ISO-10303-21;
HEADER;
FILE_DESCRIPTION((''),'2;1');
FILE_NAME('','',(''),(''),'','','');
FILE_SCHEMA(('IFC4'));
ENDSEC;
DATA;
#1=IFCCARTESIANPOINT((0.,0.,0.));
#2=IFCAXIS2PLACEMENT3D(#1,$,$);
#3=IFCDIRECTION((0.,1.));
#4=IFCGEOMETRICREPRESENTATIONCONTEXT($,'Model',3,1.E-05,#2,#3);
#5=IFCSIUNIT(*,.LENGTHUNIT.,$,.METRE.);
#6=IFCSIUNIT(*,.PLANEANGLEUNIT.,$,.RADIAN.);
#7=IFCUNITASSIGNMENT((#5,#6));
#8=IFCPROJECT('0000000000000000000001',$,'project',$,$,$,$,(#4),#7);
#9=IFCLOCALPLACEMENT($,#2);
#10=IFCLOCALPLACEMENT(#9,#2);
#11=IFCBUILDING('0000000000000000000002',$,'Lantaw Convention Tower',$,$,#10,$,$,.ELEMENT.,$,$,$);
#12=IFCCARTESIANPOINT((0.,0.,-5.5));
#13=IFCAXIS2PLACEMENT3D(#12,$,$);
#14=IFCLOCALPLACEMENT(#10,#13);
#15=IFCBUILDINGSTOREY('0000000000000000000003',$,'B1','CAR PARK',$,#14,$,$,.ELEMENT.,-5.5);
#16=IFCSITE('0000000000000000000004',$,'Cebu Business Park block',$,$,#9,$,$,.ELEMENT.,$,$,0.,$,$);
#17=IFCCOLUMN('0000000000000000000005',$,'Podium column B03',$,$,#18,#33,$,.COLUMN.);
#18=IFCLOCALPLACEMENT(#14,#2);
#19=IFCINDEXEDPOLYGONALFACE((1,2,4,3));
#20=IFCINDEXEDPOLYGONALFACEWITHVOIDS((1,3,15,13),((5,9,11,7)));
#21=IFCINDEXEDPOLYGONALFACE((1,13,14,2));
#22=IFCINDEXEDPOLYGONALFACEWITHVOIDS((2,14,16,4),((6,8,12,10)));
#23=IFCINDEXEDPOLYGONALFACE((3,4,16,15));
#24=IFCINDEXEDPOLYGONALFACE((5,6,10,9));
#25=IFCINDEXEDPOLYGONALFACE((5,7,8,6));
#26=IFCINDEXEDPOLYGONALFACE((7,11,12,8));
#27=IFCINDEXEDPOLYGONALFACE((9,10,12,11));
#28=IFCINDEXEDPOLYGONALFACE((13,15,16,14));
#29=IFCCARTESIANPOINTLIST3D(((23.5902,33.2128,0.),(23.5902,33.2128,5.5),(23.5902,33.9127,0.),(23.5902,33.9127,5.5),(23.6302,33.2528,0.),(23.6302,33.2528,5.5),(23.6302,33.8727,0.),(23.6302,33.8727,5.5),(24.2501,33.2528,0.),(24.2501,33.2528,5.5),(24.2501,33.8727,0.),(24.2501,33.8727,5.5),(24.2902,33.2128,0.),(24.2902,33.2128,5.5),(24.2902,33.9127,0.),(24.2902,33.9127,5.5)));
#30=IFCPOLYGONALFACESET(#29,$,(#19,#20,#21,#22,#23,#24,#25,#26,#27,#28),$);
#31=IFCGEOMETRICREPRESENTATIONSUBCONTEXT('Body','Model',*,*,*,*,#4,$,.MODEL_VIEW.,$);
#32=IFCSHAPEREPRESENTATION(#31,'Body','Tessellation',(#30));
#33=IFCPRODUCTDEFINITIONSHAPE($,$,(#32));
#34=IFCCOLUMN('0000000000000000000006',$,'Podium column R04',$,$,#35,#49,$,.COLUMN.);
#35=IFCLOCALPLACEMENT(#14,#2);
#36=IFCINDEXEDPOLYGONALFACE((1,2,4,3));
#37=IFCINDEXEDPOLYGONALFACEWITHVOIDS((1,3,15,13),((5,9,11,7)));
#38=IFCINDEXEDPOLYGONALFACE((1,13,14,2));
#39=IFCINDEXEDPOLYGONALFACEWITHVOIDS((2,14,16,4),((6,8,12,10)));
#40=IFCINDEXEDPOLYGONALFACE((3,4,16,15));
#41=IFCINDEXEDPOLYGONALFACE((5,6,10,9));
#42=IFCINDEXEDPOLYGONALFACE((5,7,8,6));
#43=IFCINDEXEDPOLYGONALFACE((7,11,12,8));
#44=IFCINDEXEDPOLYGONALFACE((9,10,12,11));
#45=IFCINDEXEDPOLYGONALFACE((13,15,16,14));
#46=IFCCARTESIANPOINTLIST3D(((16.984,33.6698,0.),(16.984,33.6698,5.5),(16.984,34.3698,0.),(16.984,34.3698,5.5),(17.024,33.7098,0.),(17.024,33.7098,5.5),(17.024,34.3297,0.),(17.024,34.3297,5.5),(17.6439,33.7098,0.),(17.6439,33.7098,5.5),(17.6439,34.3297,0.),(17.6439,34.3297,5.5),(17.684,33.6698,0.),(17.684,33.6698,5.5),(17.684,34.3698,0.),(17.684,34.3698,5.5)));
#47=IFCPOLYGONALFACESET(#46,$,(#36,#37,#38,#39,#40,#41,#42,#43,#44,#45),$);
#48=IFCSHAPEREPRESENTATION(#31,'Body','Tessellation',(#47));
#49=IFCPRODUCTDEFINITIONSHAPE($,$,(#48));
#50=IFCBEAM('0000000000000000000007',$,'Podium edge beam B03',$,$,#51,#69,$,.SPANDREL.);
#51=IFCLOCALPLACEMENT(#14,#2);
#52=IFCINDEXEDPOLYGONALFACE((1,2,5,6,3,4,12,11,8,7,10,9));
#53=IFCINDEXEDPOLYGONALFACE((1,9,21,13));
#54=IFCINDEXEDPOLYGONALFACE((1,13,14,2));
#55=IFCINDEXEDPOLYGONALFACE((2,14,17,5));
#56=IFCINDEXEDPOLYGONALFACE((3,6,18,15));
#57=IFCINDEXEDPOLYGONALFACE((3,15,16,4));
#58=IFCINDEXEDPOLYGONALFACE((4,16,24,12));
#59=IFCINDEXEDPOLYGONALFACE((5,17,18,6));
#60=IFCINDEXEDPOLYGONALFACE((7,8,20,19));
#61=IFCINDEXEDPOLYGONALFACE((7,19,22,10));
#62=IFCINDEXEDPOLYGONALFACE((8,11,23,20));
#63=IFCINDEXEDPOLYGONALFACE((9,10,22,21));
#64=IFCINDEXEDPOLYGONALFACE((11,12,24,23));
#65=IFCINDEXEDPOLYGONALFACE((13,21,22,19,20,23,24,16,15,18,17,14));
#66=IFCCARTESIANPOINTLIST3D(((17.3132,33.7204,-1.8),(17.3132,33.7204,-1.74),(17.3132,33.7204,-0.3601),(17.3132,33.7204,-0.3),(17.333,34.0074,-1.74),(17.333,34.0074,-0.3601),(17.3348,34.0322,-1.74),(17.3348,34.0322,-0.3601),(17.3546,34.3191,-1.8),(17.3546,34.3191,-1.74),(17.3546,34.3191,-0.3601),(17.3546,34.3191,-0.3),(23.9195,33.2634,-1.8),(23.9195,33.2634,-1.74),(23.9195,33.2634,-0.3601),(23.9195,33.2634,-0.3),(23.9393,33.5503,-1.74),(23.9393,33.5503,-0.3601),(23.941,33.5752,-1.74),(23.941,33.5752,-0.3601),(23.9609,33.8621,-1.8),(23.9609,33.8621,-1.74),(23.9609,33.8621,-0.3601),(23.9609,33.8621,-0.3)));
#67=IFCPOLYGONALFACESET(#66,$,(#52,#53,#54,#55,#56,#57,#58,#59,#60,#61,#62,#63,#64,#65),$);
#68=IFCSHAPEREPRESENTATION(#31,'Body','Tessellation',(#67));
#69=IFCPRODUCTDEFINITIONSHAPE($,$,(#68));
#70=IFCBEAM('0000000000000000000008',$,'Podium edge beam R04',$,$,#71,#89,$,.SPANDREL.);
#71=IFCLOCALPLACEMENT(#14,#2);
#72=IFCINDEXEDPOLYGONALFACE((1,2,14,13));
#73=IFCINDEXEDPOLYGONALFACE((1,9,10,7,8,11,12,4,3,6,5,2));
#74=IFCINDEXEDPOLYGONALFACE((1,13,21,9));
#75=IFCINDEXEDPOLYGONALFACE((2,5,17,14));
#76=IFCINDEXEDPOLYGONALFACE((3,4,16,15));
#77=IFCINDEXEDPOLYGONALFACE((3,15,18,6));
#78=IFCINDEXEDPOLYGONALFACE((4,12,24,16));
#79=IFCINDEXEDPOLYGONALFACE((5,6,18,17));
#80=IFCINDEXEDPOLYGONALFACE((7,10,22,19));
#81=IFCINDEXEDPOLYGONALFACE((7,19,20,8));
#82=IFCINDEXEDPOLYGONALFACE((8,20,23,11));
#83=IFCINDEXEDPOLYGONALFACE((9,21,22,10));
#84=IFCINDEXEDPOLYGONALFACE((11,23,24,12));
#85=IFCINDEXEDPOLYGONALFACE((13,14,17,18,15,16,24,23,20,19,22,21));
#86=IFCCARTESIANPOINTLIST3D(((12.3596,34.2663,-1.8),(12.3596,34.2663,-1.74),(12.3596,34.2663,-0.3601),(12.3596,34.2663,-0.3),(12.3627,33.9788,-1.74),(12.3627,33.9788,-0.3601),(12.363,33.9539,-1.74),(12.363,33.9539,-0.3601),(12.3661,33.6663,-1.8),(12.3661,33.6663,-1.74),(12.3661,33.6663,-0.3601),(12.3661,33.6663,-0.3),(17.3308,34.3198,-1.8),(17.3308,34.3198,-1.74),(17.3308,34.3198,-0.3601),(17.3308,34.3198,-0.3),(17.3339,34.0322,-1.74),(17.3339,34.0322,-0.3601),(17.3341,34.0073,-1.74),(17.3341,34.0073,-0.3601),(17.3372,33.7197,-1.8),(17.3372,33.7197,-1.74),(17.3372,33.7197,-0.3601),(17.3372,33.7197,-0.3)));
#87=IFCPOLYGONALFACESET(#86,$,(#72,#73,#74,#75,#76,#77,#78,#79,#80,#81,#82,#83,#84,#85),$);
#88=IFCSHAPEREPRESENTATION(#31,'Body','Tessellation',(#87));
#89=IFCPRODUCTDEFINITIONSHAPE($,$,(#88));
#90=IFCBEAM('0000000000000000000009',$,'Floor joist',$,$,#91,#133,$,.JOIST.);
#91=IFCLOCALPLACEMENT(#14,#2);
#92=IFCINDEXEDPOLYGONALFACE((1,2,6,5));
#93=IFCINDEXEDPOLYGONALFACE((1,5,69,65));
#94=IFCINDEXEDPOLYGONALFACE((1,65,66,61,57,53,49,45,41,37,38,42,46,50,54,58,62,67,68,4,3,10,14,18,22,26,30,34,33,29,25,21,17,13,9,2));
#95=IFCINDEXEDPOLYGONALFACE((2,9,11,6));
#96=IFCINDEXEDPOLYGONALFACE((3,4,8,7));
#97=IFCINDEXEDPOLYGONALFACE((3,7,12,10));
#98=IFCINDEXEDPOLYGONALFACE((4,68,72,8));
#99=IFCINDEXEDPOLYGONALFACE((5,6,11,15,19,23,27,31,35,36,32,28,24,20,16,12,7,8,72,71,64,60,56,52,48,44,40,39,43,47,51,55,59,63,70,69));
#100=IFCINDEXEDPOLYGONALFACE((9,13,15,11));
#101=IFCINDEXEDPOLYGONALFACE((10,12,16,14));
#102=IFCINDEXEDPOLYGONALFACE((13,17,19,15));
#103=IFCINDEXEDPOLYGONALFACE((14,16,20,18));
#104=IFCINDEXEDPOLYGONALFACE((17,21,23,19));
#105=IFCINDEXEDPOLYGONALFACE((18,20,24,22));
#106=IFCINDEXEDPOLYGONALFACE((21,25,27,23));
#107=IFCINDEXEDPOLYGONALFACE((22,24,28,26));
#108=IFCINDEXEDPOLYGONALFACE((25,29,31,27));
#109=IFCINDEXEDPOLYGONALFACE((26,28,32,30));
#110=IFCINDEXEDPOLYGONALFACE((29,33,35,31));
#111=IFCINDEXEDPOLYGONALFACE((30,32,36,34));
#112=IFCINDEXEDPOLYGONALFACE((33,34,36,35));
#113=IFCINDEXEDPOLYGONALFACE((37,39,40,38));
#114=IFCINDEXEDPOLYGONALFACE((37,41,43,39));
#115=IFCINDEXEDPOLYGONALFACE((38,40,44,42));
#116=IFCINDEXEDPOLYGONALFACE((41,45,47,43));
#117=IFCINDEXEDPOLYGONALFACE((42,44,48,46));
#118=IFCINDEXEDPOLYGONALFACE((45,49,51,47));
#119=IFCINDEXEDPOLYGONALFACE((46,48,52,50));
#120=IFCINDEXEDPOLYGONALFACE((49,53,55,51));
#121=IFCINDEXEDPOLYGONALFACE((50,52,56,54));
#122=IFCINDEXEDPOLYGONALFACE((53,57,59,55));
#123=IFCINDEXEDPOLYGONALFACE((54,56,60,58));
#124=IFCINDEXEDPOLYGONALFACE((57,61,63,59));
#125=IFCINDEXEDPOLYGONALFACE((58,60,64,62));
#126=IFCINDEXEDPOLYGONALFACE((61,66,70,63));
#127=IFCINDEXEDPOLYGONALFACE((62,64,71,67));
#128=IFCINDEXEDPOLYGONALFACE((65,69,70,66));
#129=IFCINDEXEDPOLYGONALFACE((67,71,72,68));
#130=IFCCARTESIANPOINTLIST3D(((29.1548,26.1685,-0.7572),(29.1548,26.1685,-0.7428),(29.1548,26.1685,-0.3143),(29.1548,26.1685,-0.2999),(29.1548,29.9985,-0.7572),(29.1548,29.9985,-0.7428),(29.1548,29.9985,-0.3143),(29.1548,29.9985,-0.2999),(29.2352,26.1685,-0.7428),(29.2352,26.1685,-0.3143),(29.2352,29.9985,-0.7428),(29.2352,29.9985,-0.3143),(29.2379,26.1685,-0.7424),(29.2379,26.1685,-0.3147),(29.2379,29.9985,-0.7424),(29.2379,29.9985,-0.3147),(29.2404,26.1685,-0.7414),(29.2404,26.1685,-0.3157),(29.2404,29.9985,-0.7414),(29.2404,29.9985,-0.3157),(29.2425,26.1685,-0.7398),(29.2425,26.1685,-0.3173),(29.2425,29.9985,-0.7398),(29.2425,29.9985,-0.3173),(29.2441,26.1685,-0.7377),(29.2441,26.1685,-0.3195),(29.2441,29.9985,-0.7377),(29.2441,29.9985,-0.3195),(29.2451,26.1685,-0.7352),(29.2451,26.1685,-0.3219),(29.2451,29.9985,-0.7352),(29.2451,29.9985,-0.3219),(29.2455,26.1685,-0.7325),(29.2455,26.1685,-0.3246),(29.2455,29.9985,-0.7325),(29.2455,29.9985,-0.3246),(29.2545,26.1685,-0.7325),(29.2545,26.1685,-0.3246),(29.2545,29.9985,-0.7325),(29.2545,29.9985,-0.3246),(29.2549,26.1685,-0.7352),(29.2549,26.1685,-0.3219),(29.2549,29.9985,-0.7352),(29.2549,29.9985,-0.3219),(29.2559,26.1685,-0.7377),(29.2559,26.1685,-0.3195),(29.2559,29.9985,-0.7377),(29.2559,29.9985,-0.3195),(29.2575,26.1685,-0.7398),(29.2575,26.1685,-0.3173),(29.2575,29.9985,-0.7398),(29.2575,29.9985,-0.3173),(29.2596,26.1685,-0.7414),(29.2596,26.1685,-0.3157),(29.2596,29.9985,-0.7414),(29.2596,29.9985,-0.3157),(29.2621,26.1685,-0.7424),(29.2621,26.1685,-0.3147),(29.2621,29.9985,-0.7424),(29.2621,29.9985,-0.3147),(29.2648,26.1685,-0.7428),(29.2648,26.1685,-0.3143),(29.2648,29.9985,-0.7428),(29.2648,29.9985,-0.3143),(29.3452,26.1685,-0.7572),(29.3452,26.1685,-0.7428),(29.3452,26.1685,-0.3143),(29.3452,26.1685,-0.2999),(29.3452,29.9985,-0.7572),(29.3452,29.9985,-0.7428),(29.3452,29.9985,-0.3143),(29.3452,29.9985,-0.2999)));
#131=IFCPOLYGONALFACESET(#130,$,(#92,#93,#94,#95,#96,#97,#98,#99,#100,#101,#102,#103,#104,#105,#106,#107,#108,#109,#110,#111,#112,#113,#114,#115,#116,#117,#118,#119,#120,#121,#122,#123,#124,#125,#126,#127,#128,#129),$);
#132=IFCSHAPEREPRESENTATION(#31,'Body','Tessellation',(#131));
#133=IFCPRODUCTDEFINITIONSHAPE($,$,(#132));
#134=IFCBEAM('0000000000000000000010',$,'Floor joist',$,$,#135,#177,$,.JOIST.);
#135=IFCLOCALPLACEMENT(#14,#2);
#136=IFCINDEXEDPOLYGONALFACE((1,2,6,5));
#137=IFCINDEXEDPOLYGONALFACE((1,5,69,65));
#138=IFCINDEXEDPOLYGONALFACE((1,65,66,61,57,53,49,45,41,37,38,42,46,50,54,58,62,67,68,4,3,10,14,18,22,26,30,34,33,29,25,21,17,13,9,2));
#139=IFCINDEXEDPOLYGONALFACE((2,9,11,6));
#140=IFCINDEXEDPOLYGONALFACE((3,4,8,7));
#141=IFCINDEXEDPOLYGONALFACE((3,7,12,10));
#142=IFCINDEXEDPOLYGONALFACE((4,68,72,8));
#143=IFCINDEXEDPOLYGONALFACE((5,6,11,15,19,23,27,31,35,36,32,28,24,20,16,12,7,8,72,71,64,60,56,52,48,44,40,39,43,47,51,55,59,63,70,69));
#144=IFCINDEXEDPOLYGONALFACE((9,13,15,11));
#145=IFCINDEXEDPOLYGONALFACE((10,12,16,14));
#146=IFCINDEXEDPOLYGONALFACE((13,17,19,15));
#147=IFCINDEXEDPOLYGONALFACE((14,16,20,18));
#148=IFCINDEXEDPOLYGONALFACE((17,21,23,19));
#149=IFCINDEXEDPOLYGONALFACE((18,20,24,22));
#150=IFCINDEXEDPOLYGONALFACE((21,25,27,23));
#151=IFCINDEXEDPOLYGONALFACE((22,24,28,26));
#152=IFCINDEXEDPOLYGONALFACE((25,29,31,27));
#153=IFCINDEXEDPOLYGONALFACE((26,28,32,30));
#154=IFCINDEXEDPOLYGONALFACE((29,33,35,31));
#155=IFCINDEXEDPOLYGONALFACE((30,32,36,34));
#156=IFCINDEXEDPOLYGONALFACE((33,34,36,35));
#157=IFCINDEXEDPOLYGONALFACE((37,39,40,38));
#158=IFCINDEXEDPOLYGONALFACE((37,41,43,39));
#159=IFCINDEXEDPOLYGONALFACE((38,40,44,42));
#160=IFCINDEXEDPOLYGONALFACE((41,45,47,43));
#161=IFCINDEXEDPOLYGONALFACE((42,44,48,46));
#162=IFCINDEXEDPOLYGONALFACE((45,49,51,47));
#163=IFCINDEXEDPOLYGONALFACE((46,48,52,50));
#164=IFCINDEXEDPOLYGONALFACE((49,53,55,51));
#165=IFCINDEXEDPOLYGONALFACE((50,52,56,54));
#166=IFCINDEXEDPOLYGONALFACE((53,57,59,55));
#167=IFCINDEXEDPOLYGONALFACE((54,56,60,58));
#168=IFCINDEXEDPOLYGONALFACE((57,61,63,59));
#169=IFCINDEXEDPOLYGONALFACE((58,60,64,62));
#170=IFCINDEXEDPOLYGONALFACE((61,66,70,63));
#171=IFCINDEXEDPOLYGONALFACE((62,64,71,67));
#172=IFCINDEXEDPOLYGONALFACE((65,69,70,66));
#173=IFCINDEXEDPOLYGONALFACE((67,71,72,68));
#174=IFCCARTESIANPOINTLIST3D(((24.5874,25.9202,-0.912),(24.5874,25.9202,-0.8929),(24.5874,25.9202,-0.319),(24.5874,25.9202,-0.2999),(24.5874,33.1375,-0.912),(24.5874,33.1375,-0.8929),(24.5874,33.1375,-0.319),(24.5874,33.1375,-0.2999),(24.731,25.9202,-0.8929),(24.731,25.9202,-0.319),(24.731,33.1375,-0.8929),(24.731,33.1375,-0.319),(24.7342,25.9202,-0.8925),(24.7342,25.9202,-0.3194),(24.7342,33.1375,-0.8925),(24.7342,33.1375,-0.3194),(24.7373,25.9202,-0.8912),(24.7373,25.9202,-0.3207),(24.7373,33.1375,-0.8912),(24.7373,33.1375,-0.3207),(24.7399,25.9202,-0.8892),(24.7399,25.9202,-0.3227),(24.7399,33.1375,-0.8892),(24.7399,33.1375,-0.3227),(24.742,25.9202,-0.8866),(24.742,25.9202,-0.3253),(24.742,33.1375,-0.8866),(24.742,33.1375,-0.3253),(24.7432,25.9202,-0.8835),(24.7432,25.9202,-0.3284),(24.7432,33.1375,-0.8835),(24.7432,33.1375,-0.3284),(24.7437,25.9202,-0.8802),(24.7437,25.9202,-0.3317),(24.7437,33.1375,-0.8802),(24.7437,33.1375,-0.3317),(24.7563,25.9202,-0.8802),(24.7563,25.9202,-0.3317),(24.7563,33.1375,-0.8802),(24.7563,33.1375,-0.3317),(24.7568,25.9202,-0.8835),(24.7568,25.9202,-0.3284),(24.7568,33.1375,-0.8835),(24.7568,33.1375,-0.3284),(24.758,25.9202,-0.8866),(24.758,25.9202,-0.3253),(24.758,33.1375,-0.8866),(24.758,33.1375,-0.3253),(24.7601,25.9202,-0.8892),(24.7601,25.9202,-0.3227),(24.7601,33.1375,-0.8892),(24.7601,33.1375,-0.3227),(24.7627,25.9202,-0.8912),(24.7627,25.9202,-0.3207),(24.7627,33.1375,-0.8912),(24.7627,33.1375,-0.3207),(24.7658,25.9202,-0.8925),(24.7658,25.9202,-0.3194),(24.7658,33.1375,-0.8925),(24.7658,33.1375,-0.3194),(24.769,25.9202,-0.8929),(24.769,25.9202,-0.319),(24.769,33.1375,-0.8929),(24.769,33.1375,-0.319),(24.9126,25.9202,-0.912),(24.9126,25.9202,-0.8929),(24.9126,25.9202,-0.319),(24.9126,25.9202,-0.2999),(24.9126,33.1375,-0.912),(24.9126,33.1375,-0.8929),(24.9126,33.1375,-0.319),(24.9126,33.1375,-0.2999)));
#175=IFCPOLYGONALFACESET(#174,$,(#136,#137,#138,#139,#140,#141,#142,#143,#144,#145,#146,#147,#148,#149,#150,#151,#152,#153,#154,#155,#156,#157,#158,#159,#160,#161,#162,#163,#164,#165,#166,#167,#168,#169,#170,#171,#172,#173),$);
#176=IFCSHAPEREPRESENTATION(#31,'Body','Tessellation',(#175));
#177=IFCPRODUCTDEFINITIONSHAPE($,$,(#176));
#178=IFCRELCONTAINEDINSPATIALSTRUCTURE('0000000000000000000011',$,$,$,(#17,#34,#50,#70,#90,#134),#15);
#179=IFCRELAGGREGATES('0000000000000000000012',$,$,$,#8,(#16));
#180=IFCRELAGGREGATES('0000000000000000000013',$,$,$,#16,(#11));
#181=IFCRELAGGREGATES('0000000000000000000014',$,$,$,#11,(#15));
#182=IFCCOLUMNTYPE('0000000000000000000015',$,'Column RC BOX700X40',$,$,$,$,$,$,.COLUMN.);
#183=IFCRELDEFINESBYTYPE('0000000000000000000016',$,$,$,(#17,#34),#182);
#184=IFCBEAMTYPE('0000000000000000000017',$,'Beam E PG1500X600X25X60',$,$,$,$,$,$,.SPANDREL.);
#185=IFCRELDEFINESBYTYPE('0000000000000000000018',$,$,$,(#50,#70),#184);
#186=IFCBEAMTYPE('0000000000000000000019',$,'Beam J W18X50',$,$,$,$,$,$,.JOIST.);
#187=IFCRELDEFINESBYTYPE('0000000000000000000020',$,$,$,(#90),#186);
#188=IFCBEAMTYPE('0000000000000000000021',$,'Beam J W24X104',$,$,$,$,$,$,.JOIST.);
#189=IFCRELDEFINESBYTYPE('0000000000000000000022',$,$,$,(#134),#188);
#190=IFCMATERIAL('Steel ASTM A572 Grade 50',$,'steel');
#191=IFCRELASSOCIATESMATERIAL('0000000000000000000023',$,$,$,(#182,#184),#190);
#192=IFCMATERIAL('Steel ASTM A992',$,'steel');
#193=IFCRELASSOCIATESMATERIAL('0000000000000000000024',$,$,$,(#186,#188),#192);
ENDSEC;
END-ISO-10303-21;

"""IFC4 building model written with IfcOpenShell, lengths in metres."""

from ifc_helpers import new_model, si_unit, direction, frame, origin, origin_2d, place, context, subcontext, project, spatial, hollow_rectangle, i_section, extrude, material, material_profile, profile_set, type_object, element, save


model = new_model("IFC4")

# Units and contexts
model_context = context("Model", 3, precision=1e-05, world=origin(), true_north=direction((0.0, 1.0)))
body_context = subcontext(model_context, "Body", "Model", "MODEL_VIEW")
ifc_project = project(units=[si_unit("LENGTHUNIT", "METRE"), si_unit("PLANEANGLEUNIT", "RADIAN")], contexts=[model_context])

# Site, building, storey
site_placement = place(None, origin())
site = spatial("IfcSite", under=ifc_project, at=site_placement, Name="Cebu Business Park block", CompositionType="ELEMENT", RefElevation=0.0)
building_placement = place(site_placement, origin())
building = spatial("IfcBuilding", under=site, at=building_placement, Name="Lantaw Convention Tower", CompositionType="ELEMENT")
storey_placement = place(building_placement, frame((0.0, 0.0, -5.5)))
storey = spatial("IfcBuildingStorey", under=building, at=storey_placement, Name="B1", Description="CAR PARK", CompositionType="ELEMENT", Elevation=-5.5)

# Columns
ifc_material_1 = material(Name="Steel ASTM A572 Grade 50", Category="steel")
ifc_material_profile_1 = material_profile(ifc_material_1, hollow_rectangle(XDim=0.7, YDim=0.7, WallThickness=0.04, at=origin_2d()), Name="BOX700X40")
ifc_profile_set_1 = profile_set([ifc_material_profile_1], Name="Steel ASTM A572 Grade 50")
column_type = type_object("IfcColumnType", Name="Column RC BOX700X40", PredefinedType="COLUMN", material=ifc_profile_set_1)
for number, where, z_axis, x_axis, name in (
    (1, (23.9402, 33.5627, 0.0), (0.0, 0.0, 1.0), (1.0, 0.0, 0.0), "Podium column B03"),
    (2, (17.334, 34.0198, 0.0), (0.0, 0.0, 1.0), (1.0, 0.0, 0.0), "Podium column R04"),
):
    element("IfcColumn", number, at=place(storey_placement, frame(where, z_axis=z_axis, x_axis=x_axis)), inside=storey, type_object=column_type, Name=name, PredefinedType="COLUMN", context=body_context, shape_type="SweptSolid", body=[
        extrude(hollow_rectangle(XDim=0.7, YDim=0.7, WallThickness=0.04, at=origin_2d()), origin(), (0.0, 0.0, 1.0), 5.5),
    ])

# Beams
ifc_material_profile_2 = material_profile(ifc_material_1, i_section(OverallWidth=0.6001, OverallDepth=1.5, WebThickness=0.0249, FlangeThickness=0.0601, at=origin_2d()), Name="PG1500X600X25X60")
ifc_profile_set_2 = profile_set([ifc_material_profile_2], Name="Steel ASTM A572 Grade 50")
beam_type_1 = type_object("IfcBeamType", Name="Beam E PG1500X600X25X60", PredefinedType="SPANDREL", material=ifc_profile_set_2)
beam_1_placement = place(storey_placement, frame((23.9402, 33.5627, -1.05), z_axis=(-0.997615, 0.069017, 0.0), x_axis=(-0.069017, -0.997615, 0.0)))
element("IfcBeam", 3, at=beam_1_placement, inside=storey, type_object=beam_type_1, Name="Podium edge beam B03", PredefinedType="SPANDREL", context=body_context, shape_type="SweptSolid", body=[
    extrude(i_section(OverallWidth=0.6001, OverallDepth=1.5, WebThickness=0.0249, FlangeThickness=0.0601, at=origin_2d()), origin(), (0.0, 0.0, 1.0), 6.6221),
])
beam_2_placement = place(storey_placement, frame((17.334, 34.0198, -1.05), z_axis=(-0.999942, -0.010755, 0.0), x_axis=(0.010755, -0.999942, 0.0)))
element("IfcBeam", 4, at=beam_2_placement, inside=storey, type_object=beam_type_1, Name="Podium edge beam R04", PredefinedType="SPANDREL", context=body_context, shape_type="SweptSolid", body=[
    extrude(i_section(OverallWidth=0.6001, OverallDepth=1.5, WebThickness=0.0249, FlangeThickness=0.0601, at=origin_2d()), origin(), (0.0, 0.0, 1.0), 4.9714),
])
ifc_material_2 = material(Name="Steel ASTM A992", Category="steel")
ifc_material_profile_3 = material_profile(ifc_material_2, i_section(OverallWidth=0.1904, OverallDepth=0.4573, WebThickness=0.009, FlangeThickness=0.0144, FilletRadius=0.0103, at=origin_2d()), Name="W18X50")
ifc_profile_set_3 = profile_set([ifc_material_profile_3], Name="Steel ASTM A992")
beam_type_2 = type_object("IfcBeamType", Name="Beam J W18X50", PredefinedType="JOIST", material=ifc_profile_set_3)
beam_3_placement = place(storey_placement, frame((29.25, 26.1685, -0.5286), z_axis=(0.0, 1.0, 0.0), x_axis=(-1.0, 0.0, 0.0)))
element("IfcBeam", 5, at=beam_3_placement, inside=storey, type_object=beam_type_2, Name="Floor joist", PredefinedType="JOIST", context=body_context, shape_type="SweptSolid", body=[
    extrude(i_section(OverallWidth=0.1904, OverallDepth=0.4573, WebThickness=0.009, FlangeThickness=0.0144, FilletRadius=0.0103, at=origin_2d()), origin(), (0.0, 0.0, 1.0), 3.8301),
])
ifc_material_profile_4 = material_profile(ifc_material_2, i_section(OverallWidth=0.3252, OverallDepth=0.6121, WebThickness=0.0127, FlangeThickness=0.019, FilletRadius=0.0127, at=origin_2d()), Name="W24X104")
ifc_profile_set_4 = profile_set([ifc_material_profile_4], Name="Steel ASTM A992")
beam_type_3 = type_object("IfcBeamType", Name="Beam J W24X104", PredefinedType="JOIST", material=ifc_profile_set_4)
beam_4_placement = place(storey_placement, frame((24.75, 25.9202, -0.606), z_axis=(0.0, 1.0, 0.0), x_axis=(-1.0, 0.0, 0.0)))
element("IfcBeam", 6, at=beam_4_placement, inside=storey, type_object=beam_type_3, Name="Floor joist", PredefinedType="JOIST", context=body_context, shape_type="SweptSolid", body=[
    extrude(i_section(OverallWidth=0.3252, OverallDepth=0.6121, WebThickness=0.0127, FlangeThickness=0.019, FilletRadius=0.0127, at=origin_2d()), origin(), (0.0, 0.0, 1.0), 7.2173),
])

save(model, "model.ifc")
